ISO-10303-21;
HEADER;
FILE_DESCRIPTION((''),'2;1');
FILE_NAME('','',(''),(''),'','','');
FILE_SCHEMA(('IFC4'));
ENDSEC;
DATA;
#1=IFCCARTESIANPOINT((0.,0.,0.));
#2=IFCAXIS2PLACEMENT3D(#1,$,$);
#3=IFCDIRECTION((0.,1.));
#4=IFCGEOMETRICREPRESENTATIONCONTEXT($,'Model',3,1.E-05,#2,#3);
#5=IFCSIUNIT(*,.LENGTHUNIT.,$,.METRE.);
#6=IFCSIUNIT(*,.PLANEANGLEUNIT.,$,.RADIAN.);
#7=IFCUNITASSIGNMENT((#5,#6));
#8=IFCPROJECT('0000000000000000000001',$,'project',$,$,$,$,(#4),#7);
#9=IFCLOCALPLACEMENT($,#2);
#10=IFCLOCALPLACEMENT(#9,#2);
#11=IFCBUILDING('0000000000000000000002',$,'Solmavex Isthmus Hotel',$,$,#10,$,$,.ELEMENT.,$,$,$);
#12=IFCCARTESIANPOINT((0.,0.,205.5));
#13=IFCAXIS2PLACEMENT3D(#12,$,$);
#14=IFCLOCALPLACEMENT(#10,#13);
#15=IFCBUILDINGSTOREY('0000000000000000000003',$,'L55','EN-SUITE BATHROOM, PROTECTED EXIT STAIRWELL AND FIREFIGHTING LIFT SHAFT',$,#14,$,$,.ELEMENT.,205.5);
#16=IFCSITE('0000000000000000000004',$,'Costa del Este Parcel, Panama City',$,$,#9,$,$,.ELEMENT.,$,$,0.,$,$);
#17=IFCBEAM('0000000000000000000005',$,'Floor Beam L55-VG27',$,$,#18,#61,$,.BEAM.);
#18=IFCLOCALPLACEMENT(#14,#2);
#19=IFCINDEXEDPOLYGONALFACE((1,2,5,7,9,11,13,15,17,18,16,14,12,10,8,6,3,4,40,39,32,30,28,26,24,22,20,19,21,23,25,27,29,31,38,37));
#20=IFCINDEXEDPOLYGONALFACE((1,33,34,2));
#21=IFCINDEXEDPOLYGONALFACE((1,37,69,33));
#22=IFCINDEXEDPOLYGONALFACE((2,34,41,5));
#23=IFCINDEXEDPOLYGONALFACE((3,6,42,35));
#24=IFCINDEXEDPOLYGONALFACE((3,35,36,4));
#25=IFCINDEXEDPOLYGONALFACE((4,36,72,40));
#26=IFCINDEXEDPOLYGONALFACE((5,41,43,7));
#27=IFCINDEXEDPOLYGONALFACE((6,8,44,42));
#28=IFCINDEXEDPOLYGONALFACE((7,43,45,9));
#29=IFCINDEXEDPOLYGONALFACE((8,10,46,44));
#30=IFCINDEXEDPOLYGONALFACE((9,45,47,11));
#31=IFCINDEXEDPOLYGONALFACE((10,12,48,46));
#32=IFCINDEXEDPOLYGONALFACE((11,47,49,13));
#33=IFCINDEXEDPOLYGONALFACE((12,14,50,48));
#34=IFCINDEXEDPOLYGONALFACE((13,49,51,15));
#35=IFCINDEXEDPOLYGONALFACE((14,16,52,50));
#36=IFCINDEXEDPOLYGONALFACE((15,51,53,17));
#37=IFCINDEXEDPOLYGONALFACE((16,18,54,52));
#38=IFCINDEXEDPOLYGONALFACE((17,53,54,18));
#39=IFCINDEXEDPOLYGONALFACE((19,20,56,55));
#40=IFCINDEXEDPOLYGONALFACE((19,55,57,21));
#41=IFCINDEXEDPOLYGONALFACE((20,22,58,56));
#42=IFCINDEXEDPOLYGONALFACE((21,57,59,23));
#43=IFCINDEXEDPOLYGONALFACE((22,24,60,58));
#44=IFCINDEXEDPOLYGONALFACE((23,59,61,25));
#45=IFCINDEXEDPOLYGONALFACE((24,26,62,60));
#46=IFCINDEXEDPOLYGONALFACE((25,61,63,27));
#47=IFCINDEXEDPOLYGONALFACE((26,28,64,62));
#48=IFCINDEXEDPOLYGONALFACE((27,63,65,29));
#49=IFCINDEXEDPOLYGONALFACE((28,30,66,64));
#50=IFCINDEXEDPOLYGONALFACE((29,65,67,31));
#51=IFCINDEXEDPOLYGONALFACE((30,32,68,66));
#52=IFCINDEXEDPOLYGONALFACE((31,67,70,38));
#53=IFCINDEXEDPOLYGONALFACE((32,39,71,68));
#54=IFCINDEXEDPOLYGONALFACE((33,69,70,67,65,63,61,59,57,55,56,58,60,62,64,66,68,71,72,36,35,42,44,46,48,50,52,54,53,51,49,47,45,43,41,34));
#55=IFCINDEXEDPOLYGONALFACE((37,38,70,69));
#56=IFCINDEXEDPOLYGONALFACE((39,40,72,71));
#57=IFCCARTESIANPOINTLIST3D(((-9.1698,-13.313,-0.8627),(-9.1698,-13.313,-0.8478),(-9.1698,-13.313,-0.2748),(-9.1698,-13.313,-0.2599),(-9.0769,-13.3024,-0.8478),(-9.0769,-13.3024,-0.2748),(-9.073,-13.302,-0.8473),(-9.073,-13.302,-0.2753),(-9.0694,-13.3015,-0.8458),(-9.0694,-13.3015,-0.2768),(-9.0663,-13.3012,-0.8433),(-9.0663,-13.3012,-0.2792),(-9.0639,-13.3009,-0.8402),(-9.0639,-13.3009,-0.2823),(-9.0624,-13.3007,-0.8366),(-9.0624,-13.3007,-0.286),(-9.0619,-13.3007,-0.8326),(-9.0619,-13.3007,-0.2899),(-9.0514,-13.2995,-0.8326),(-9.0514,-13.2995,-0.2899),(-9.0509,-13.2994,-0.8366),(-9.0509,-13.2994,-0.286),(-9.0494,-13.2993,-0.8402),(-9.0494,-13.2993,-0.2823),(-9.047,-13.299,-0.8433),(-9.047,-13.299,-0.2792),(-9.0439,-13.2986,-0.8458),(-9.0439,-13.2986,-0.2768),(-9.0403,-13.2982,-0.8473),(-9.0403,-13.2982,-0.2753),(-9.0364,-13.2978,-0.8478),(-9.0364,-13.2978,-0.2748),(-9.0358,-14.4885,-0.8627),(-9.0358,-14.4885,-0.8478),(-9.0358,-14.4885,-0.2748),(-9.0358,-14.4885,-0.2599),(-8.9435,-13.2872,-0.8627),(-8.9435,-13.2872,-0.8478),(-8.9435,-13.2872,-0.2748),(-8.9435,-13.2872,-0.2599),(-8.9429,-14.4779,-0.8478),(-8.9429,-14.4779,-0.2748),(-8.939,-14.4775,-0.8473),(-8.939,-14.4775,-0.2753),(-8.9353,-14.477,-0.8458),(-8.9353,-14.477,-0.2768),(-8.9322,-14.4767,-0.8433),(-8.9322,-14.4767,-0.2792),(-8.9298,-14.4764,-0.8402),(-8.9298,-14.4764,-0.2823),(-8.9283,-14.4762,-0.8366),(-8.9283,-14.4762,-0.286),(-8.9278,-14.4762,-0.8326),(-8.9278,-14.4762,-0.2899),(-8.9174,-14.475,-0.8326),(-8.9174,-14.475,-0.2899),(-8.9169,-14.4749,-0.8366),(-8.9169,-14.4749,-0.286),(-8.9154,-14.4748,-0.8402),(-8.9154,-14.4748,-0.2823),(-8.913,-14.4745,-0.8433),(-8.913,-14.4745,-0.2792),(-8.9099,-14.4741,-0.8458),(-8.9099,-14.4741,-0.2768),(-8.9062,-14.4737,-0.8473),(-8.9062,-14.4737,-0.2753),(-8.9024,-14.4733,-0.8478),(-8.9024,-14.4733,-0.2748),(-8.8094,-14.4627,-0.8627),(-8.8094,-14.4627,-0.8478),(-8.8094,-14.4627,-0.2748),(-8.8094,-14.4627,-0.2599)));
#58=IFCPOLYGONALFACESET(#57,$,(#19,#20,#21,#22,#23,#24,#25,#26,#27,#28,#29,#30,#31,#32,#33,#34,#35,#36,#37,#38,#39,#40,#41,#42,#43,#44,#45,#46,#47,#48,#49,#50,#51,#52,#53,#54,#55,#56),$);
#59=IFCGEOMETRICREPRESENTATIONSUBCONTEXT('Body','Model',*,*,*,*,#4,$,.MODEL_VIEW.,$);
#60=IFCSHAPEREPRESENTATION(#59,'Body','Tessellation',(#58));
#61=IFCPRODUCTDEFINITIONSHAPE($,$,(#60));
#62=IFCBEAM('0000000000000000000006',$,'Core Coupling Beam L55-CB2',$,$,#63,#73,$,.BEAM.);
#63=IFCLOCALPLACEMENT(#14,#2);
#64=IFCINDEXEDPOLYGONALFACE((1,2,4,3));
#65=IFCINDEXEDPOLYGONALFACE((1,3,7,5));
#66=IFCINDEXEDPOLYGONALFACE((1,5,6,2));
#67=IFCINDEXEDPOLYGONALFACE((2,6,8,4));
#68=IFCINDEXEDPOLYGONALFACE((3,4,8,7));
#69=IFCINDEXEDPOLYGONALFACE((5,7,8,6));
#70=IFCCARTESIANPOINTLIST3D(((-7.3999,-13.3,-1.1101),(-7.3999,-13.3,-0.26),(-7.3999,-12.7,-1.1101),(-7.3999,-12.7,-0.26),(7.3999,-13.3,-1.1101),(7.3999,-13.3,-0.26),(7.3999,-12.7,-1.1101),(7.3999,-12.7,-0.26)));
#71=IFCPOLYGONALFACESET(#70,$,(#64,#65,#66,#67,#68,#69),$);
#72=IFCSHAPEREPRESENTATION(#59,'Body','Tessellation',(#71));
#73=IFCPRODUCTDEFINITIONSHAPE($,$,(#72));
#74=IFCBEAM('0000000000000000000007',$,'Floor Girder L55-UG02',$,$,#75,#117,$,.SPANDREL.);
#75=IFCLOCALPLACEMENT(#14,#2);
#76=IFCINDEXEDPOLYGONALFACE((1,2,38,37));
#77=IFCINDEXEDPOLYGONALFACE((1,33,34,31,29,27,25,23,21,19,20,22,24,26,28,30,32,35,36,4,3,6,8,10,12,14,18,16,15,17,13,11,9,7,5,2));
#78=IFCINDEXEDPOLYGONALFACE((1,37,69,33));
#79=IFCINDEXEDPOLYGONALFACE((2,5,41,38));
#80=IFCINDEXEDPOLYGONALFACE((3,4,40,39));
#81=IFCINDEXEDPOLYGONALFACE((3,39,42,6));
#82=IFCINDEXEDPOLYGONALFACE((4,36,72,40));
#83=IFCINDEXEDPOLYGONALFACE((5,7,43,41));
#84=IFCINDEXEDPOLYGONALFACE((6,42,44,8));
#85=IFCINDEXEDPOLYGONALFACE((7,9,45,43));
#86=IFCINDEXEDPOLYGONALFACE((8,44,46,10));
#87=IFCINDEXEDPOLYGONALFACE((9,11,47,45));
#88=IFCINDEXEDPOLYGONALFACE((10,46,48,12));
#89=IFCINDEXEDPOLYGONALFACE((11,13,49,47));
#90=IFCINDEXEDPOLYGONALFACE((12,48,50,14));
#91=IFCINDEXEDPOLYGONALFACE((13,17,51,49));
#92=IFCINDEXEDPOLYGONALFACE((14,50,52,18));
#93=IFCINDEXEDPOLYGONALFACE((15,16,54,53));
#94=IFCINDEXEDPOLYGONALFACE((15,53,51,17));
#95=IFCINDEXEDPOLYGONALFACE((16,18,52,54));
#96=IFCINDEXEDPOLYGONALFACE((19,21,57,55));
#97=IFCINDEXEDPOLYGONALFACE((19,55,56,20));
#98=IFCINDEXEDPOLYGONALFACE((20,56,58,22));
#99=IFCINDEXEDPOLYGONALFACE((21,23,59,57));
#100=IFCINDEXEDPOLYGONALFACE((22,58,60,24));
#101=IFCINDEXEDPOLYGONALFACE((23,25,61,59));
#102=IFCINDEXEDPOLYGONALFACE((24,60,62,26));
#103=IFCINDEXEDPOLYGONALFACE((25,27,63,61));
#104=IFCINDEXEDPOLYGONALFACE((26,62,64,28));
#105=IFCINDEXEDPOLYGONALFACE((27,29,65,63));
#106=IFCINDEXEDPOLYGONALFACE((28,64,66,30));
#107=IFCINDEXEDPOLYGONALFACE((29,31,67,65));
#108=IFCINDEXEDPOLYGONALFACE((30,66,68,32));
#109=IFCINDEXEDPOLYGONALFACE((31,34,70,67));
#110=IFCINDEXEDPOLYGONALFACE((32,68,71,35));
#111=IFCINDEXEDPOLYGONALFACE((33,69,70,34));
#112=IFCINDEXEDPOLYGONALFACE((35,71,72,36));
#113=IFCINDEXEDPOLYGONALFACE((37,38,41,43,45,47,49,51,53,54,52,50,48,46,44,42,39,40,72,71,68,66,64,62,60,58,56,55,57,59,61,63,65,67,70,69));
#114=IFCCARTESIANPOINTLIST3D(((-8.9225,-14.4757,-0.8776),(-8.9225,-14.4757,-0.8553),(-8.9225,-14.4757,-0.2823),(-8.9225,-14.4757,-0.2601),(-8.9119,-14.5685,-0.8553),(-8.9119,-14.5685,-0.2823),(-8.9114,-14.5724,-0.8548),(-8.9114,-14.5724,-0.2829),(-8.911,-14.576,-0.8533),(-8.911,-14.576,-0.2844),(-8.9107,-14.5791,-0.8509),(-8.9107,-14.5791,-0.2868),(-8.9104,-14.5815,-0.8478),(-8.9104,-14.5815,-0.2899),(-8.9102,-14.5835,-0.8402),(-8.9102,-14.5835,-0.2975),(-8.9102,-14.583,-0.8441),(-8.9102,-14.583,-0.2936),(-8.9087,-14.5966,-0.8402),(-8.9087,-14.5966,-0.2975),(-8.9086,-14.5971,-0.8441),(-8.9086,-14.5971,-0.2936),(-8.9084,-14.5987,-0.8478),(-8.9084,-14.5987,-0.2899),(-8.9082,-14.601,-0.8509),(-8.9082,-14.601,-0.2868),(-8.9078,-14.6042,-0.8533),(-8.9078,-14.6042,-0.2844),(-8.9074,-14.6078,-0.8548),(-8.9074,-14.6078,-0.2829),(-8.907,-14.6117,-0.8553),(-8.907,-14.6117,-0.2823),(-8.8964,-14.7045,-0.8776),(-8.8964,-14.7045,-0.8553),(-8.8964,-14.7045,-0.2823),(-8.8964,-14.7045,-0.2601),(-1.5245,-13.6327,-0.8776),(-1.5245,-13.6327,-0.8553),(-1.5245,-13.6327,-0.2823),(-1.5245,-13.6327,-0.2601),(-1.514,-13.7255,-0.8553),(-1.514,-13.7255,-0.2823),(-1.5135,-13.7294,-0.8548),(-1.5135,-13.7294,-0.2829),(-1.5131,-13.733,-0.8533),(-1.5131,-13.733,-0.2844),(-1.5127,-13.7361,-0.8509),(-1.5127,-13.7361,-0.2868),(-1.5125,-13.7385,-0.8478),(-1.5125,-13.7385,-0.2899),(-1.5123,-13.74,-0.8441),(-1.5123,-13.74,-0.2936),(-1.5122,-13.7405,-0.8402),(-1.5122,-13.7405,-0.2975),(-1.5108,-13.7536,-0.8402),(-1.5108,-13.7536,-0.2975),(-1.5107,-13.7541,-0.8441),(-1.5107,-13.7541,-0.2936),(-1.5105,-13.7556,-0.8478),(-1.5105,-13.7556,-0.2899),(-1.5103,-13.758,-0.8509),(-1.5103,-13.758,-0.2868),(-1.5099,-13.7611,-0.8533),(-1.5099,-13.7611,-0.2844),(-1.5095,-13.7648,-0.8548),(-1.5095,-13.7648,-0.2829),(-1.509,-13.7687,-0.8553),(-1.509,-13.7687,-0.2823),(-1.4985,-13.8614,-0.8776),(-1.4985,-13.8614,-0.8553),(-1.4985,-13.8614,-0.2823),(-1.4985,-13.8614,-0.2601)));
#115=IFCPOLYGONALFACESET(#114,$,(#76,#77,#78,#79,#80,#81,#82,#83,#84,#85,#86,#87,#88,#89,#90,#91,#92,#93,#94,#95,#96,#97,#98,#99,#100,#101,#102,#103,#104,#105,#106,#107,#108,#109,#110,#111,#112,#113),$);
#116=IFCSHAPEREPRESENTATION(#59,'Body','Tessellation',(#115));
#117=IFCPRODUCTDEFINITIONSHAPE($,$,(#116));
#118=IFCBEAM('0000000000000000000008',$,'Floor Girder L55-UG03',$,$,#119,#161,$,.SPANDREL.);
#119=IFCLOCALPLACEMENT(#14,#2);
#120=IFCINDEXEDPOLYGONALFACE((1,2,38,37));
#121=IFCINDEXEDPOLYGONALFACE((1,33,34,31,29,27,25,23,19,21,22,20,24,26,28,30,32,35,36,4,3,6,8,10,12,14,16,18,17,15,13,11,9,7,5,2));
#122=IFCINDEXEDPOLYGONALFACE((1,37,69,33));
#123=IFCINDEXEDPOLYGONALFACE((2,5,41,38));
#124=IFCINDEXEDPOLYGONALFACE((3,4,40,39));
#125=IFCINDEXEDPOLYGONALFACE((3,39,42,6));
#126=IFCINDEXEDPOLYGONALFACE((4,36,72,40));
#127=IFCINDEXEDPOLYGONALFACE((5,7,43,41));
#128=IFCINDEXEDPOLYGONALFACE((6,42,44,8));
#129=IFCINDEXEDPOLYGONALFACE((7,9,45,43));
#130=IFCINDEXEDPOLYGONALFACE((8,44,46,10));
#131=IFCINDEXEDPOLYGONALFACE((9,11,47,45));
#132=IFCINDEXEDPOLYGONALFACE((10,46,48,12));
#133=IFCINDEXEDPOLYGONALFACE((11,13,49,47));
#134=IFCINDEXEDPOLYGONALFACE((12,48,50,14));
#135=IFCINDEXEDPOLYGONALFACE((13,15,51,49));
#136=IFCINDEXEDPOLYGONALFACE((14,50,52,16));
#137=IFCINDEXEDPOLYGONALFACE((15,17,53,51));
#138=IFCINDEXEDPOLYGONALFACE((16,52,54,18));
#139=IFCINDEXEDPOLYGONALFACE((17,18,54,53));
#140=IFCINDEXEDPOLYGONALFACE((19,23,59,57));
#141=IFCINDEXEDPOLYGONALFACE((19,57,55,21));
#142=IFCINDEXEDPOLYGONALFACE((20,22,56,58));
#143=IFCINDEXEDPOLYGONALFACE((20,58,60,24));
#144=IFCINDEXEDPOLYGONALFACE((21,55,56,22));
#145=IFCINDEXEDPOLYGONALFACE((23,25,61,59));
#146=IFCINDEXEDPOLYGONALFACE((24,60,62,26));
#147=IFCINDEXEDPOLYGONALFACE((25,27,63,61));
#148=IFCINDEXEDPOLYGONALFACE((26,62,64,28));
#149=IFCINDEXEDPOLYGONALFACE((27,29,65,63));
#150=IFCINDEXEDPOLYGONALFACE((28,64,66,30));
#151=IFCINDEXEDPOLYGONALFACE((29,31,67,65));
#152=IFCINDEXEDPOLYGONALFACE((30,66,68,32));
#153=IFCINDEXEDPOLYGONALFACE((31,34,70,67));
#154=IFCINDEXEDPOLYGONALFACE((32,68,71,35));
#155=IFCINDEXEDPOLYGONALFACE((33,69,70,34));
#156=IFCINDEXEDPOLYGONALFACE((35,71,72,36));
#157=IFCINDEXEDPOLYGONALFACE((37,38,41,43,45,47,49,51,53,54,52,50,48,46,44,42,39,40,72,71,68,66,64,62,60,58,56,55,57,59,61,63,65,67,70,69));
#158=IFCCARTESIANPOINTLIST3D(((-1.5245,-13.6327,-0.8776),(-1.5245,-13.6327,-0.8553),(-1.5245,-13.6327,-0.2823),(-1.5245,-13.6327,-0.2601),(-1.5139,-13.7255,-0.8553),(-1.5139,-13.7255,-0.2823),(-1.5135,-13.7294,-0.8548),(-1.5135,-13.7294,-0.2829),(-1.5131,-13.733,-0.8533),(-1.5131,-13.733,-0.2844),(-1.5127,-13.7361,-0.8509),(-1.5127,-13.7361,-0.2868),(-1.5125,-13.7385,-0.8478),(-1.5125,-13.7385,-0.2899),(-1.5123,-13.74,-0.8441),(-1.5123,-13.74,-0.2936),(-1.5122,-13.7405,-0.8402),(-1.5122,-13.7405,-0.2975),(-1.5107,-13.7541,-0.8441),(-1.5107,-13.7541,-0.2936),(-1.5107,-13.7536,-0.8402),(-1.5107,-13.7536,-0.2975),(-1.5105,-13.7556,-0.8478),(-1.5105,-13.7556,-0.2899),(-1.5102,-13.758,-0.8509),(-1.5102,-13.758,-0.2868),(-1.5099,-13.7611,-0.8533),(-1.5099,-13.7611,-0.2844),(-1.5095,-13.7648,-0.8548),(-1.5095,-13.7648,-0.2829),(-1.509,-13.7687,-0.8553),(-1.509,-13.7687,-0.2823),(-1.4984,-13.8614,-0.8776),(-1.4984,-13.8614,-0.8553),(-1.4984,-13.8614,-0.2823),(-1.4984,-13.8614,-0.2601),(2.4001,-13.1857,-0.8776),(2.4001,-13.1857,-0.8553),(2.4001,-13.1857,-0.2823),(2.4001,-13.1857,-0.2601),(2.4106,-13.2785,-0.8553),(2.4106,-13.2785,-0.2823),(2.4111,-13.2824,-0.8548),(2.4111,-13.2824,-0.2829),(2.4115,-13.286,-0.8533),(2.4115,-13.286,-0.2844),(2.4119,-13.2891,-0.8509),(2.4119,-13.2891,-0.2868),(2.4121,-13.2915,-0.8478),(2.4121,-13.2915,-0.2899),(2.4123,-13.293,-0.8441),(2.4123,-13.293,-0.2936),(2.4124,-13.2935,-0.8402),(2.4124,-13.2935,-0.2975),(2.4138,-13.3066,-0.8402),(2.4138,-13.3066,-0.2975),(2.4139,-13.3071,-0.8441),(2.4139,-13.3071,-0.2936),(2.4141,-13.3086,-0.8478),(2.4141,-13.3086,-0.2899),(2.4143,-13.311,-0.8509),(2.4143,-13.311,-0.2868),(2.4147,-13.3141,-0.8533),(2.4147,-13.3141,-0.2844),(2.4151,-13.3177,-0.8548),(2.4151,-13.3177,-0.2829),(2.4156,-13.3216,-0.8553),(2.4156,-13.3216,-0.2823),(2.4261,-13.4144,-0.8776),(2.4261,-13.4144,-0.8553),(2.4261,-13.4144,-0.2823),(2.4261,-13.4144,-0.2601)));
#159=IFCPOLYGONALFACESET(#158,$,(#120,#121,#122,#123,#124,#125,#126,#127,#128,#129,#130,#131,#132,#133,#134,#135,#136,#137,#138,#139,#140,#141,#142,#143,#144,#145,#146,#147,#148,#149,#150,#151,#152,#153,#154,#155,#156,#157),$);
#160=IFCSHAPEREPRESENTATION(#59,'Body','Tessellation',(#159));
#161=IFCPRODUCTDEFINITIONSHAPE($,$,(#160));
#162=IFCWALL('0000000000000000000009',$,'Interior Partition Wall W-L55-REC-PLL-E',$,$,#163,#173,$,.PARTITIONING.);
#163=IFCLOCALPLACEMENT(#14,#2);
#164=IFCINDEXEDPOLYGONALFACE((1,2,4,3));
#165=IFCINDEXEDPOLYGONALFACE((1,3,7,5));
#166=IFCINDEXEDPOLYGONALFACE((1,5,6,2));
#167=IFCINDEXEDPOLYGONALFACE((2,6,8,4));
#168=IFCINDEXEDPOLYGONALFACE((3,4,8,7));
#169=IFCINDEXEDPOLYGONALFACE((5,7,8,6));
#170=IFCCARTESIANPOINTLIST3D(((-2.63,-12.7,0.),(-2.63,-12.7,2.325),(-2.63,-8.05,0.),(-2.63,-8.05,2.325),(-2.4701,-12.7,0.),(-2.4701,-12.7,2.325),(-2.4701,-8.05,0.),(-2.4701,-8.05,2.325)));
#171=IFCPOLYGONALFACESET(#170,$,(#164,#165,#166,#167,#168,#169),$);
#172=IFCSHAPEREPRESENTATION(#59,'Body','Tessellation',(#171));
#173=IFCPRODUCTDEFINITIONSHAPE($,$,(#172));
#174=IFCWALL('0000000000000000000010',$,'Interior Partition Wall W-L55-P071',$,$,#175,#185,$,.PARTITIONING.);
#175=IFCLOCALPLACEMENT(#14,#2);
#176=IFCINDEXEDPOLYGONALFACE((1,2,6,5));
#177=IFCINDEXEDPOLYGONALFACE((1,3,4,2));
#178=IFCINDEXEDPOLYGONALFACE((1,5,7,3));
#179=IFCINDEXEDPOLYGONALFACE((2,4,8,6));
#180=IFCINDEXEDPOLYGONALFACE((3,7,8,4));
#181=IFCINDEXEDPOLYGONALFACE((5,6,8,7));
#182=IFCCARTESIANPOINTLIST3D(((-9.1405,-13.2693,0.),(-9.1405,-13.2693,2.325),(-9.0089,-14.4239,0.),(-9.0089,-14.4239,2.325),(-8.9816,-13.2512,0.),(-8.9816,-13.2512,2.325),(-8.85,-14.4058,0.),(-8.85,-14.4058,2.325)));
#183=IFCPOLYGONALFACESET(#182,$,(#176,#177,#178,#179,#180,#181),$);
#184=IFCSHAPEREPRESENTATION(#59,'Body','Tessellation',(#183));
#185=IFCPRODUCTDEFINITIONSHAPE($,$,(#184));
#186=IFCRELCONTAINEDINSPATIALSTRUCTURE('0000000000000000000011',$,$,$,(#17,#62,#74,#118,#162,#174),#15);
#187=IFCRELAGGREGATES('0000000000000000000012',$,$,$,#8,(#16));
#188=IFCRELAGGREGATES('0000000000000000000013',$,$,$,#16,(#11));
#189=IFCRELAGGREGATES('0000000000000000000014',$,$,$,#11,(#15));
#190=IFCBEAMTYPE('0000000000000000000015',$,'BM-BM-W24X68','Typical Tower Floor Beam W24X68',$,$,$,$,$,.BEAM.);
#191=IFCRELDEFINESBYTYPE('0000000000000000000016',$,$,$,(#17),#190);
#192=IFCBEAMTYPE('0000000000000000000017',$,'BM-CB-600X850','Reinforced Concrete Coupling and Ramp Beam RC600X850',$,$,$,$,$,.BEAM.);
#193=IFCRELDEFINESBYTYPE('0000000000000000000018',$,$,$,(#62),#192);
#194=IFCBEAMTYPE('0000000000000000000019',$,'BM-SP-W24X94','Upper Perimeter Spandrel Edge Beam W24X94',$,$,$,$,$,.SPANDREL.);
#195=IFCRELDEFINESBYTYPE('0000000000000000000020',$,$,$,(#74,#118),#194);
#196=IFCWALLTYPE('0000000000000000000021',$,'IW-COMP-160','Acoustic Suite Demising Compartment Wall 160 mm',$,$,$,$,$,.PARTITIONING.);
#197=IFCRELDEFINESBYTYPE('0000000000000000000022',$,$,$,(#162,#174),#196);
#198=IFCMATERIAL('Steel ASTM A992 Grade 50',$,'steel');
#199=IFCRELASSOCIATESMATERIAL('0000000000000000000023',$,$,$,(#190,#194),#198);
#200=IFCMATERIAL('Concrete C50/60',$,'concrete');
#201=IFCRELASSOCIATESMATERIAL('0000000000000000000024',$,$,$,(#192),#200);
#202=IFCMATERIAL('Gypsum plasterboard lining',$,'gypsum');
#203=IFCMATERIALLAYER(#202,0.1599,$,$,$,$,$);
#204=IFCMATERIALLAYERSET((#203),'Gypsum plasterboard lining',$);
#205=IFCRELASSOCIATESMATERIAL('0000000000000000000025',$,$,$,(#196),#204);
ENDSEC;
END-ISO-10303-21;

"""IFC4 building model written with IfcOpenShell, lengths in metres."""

from ifc_helpers import new_model, si_unit, direction, frame, frame_2d, origin, origin_2d, place, context, subcontext, project, spatial, rectangle, i_section, extrude, material, layer, layer_set, material_profile, profile_set, type_object, element, save


model = new_model("IFC4")

# Units and contexts
model_context = context("Model", 3, precision=1e-05, world=origin(), true_north=direction((0.0, 1.0)))
body_context = subcontext(model_context, "Body", "Model", "MODEL_VIEW")
ifc_project = project(units=[si_unit("LENGTHUNIT", "METRE"), si_unit("PLANEANGLEUNIT", "RADIAN")], contexts=[model_context])

# Site, building, storey
site_placement = place(None, origin())
site = spatial("IfcSite", under=ifc_project, at=site_placement, Name="Costa del Este Parcel, Panama City", CompositionType="ELEMENT", RefElevation=0.0)
building_placement = place(site_placement, origin())
building = spatial("IfcBuilding", under=site, at=building_placement, Name="Solmavex Isthmus Hotel", CompositionType="ELEMENT")
storey_placement = place(building_placement, frame((0.0, 0.0, 205.5)))
storey = spatial("IfcBuildingStorey", under=building, at=storey_placement, Name="L55", Description="EN-SUITE BATHROOM, PROTECTED EXIT STAIRWELL AND FIREFIGHTING LIFT SHAFT", CompositionType="ELEMENT", Elevation=205.5)

# Shared definitions
ifc_material_1 = material(Name="Concrete C50/60", Category="concrete")

# Beams
ifc_material_2 = material(Name="Steel ASTM A992 Grade 50", Category="steel")
ifc_material_profile_1 = material_profile(ifc_material_2, i_section(OverallWidth=0.2278, OverallDepth=0.6028, WebThickness=0.0105, FlangeThickness=0.0149, FilletRadius=0.0151, at=origin_2d()), Name="W24X68")
ifc_profile_set_1 = profile_set([ifc_material_profile_1], Name="Steel ASTM A992 Grade 50")
beam_type_1 = type_object("IfcBeamType", Name="BM-BM-W24X68", Description="Typical Tower Floor Beam W24X68", PredefinedType="BEAM", material=ifc_profile_set_1)
beam_1_placement = place(storey_placement, frame((-8.9226, -14.4756, -0.5613), z_axis=(-0.113285, 0.993563, 0.0), x_axis=(-0.993563, -0.113285, 0.0)))
element("IfcBeam", 1, at=beam_1_placement, inside=storey, type_object=beam_type_1, Name="Floor Beam L55-VG27", PredefinedType="BEAM", context=body_context, shape_type="SweptSolid", body=[
    extrude(i_section(OverallWidth=0.2278, OverallDepth=0.6028, WebThickness=0.0105, FlangeThickness=0.0149, FilletRadius=0.0151, at=origin_2d()), origin(), (0.0, 0.0, 1.0), 1.1831),
])
ifc_material_profile_2 = material_profile(ifc_material_1, rectangle(XDim=0.6001, YDim=0.8501, at=origin_2d()), Name="RC600X850")
ifc_profile_set_2 = profile_set([ifc_material_profile_2], Name="Concrete C50/60")
beam_type_2 = type_object("IfcBeamType", Name="BM-CB-600X850", Description="Reinforced Concrete Coupling and Ramp Beam RC600X850", PredefinedType="BEAM", material=ifc_profile_set_2)
beam_2_placement = place(storey_placement, frame((-7.3999, -13.0, -0.6851), z_axis=(1.0, 0.0, 0.0), x_axis=(0.0, 1.0, 0.0)))
element("IfcBeam", 2, at=beam_2_placement, inside=storey, type_object=beam_type_2, Name="Core Coupling Beam L55-CB2", PredefinedType="BEAM", context=body_context, shape_type="SweptSolid", body=[
    extrude(rectangle(XDim=0.6001, YDim=0.8501, at=origin_2d()), origin(), (0.0, 0.0, 1.0), 14.7998),
])
ifc_material_profile_3 = material_profile(ifc_material_2, i_section(OverallWidth=0.2302, OverallDepth=0.6174, WebThickness=0.0132, FlangeThickness=0.0222, FilletRadius=0.0151, at=origin_2d()), Name="W24X94")
ifc_profile_set_3 = profile_set([ifc_material_profile_3], Name="Steel ASTM A992 Grade 50")
beam_type_3 = type_object("IfcBeamType", Name="BM-SP-W24X94", Description="Upper Perimeter Spandrel Edge Beam W24X94", PredefinedType="SPANDREL", material=ifc_profile_set_3)
beam_3_placement = place(storey_placement, frame((-8.9094, -14.5901, -0.5688), z_axis=(0.99357, 0.11322, 0.0), x_axis=(-0.11322, 0.99357, 0.0)))
element("IfcBeam", 3, at=beam_3_placement, inside=storey, type_object=beam_type_3, Name="Floor Girder L55-UG02", PredefinedType="SPANDREL", context=body_context, shape_type="SweptSolid", body=[
    extrude(i_section(OverallWidth=0.2302, OverallDepth=0.6174, WebThickness=0.0132, FlangeThickness=0.0222, FilletRadius=0.0151, at=origin_2d()), origin(), (0.0, 0.0, 1.0), 7.4458),
])
beam_4_placement = place(storey_placement, frame((-1.5115, -13.7471, -0.5688), z_axis=(0.993575, 0.113172, 0.0), x_axis=(-0.113172, 0.993575, 0.0)))
element("IfcBeam", 4, at=beam_4_placement, inside=storey, type_object=beam_type_3, Name="Floor Girder L55-UG03", PredefinedType="SPANDREL", context=body_context, shape_type="SweptSolid", body=[
    extrude(i_section(OverallWidth=0.2302, OverallDepth=0.6174, WebThickness=0.0132, FlangeThickness=0.0222, FilletRadius=0.0151, at=origin_2d()), origin(), (0.0, 0.0, 1.0), 3.95),
])

# Walls
ifc_material_3 = material(Name="Gypsum plasterboard lining", Category="gypsum")
ifc_layer_1 = layer(ifc_material_3, 0.1599)
ifc_layer_set_1 = layer_set([ifc_layer_1], Name="Gypsum plasterboard lining")
wall_type_1 = type_object("IfcWallType", Name="IW-COMP-160", Description="Acoustic Suite Demising Compartment Wall 160 mm", PredefinedType="PARTITIONING", material=ifc_layer_set_1)
wall_1_placement = place(storey_placement, frame((-2.55, -12.7, 0.0), z_axis=(0.0, 0.0, 1.0), x_axis=(0.0, 1.0, 0.0)))
element("IfcWall", 5, at=wall_1_placement, inside=storey, type_object=wall_type_1, Name="Interior Partition Wall W-L55-REC-PLL-E", PredefinedType="PARTITIONING", context=body_context, shape_type="SweptSolid", body=[
    extrude(rectangle(XDim=4.6499, YDim=0.1599, at=frame_2d((2.325, 0.0))), origin(), (0.0, 0.0, 1.0), 2.325),
])
wall_2_placement = place(storey_placement, frame((-9.061, -13.2603, 0.0), z_axis=(0.0, 0.0, 1.0), x_axis=(0.113244, -0.993567, 0.0)))
element("IfcWall", 6, at=wall_2_placement, inside=storey, type_object=wall_type_1, Name="Interior Partition Wall W-L55-P071", PredefinedType="PARTITIONING", context=body_context, shape_type="SweptSolid", body=[
    extrude(rectangle(XDim=1.1621, YDim=0.1599, at=frame_2d((0.5811, 0.0))), origin(), (0.0, 0.0, 1.0), 2.325),
])

save(model, "model.ifc")
